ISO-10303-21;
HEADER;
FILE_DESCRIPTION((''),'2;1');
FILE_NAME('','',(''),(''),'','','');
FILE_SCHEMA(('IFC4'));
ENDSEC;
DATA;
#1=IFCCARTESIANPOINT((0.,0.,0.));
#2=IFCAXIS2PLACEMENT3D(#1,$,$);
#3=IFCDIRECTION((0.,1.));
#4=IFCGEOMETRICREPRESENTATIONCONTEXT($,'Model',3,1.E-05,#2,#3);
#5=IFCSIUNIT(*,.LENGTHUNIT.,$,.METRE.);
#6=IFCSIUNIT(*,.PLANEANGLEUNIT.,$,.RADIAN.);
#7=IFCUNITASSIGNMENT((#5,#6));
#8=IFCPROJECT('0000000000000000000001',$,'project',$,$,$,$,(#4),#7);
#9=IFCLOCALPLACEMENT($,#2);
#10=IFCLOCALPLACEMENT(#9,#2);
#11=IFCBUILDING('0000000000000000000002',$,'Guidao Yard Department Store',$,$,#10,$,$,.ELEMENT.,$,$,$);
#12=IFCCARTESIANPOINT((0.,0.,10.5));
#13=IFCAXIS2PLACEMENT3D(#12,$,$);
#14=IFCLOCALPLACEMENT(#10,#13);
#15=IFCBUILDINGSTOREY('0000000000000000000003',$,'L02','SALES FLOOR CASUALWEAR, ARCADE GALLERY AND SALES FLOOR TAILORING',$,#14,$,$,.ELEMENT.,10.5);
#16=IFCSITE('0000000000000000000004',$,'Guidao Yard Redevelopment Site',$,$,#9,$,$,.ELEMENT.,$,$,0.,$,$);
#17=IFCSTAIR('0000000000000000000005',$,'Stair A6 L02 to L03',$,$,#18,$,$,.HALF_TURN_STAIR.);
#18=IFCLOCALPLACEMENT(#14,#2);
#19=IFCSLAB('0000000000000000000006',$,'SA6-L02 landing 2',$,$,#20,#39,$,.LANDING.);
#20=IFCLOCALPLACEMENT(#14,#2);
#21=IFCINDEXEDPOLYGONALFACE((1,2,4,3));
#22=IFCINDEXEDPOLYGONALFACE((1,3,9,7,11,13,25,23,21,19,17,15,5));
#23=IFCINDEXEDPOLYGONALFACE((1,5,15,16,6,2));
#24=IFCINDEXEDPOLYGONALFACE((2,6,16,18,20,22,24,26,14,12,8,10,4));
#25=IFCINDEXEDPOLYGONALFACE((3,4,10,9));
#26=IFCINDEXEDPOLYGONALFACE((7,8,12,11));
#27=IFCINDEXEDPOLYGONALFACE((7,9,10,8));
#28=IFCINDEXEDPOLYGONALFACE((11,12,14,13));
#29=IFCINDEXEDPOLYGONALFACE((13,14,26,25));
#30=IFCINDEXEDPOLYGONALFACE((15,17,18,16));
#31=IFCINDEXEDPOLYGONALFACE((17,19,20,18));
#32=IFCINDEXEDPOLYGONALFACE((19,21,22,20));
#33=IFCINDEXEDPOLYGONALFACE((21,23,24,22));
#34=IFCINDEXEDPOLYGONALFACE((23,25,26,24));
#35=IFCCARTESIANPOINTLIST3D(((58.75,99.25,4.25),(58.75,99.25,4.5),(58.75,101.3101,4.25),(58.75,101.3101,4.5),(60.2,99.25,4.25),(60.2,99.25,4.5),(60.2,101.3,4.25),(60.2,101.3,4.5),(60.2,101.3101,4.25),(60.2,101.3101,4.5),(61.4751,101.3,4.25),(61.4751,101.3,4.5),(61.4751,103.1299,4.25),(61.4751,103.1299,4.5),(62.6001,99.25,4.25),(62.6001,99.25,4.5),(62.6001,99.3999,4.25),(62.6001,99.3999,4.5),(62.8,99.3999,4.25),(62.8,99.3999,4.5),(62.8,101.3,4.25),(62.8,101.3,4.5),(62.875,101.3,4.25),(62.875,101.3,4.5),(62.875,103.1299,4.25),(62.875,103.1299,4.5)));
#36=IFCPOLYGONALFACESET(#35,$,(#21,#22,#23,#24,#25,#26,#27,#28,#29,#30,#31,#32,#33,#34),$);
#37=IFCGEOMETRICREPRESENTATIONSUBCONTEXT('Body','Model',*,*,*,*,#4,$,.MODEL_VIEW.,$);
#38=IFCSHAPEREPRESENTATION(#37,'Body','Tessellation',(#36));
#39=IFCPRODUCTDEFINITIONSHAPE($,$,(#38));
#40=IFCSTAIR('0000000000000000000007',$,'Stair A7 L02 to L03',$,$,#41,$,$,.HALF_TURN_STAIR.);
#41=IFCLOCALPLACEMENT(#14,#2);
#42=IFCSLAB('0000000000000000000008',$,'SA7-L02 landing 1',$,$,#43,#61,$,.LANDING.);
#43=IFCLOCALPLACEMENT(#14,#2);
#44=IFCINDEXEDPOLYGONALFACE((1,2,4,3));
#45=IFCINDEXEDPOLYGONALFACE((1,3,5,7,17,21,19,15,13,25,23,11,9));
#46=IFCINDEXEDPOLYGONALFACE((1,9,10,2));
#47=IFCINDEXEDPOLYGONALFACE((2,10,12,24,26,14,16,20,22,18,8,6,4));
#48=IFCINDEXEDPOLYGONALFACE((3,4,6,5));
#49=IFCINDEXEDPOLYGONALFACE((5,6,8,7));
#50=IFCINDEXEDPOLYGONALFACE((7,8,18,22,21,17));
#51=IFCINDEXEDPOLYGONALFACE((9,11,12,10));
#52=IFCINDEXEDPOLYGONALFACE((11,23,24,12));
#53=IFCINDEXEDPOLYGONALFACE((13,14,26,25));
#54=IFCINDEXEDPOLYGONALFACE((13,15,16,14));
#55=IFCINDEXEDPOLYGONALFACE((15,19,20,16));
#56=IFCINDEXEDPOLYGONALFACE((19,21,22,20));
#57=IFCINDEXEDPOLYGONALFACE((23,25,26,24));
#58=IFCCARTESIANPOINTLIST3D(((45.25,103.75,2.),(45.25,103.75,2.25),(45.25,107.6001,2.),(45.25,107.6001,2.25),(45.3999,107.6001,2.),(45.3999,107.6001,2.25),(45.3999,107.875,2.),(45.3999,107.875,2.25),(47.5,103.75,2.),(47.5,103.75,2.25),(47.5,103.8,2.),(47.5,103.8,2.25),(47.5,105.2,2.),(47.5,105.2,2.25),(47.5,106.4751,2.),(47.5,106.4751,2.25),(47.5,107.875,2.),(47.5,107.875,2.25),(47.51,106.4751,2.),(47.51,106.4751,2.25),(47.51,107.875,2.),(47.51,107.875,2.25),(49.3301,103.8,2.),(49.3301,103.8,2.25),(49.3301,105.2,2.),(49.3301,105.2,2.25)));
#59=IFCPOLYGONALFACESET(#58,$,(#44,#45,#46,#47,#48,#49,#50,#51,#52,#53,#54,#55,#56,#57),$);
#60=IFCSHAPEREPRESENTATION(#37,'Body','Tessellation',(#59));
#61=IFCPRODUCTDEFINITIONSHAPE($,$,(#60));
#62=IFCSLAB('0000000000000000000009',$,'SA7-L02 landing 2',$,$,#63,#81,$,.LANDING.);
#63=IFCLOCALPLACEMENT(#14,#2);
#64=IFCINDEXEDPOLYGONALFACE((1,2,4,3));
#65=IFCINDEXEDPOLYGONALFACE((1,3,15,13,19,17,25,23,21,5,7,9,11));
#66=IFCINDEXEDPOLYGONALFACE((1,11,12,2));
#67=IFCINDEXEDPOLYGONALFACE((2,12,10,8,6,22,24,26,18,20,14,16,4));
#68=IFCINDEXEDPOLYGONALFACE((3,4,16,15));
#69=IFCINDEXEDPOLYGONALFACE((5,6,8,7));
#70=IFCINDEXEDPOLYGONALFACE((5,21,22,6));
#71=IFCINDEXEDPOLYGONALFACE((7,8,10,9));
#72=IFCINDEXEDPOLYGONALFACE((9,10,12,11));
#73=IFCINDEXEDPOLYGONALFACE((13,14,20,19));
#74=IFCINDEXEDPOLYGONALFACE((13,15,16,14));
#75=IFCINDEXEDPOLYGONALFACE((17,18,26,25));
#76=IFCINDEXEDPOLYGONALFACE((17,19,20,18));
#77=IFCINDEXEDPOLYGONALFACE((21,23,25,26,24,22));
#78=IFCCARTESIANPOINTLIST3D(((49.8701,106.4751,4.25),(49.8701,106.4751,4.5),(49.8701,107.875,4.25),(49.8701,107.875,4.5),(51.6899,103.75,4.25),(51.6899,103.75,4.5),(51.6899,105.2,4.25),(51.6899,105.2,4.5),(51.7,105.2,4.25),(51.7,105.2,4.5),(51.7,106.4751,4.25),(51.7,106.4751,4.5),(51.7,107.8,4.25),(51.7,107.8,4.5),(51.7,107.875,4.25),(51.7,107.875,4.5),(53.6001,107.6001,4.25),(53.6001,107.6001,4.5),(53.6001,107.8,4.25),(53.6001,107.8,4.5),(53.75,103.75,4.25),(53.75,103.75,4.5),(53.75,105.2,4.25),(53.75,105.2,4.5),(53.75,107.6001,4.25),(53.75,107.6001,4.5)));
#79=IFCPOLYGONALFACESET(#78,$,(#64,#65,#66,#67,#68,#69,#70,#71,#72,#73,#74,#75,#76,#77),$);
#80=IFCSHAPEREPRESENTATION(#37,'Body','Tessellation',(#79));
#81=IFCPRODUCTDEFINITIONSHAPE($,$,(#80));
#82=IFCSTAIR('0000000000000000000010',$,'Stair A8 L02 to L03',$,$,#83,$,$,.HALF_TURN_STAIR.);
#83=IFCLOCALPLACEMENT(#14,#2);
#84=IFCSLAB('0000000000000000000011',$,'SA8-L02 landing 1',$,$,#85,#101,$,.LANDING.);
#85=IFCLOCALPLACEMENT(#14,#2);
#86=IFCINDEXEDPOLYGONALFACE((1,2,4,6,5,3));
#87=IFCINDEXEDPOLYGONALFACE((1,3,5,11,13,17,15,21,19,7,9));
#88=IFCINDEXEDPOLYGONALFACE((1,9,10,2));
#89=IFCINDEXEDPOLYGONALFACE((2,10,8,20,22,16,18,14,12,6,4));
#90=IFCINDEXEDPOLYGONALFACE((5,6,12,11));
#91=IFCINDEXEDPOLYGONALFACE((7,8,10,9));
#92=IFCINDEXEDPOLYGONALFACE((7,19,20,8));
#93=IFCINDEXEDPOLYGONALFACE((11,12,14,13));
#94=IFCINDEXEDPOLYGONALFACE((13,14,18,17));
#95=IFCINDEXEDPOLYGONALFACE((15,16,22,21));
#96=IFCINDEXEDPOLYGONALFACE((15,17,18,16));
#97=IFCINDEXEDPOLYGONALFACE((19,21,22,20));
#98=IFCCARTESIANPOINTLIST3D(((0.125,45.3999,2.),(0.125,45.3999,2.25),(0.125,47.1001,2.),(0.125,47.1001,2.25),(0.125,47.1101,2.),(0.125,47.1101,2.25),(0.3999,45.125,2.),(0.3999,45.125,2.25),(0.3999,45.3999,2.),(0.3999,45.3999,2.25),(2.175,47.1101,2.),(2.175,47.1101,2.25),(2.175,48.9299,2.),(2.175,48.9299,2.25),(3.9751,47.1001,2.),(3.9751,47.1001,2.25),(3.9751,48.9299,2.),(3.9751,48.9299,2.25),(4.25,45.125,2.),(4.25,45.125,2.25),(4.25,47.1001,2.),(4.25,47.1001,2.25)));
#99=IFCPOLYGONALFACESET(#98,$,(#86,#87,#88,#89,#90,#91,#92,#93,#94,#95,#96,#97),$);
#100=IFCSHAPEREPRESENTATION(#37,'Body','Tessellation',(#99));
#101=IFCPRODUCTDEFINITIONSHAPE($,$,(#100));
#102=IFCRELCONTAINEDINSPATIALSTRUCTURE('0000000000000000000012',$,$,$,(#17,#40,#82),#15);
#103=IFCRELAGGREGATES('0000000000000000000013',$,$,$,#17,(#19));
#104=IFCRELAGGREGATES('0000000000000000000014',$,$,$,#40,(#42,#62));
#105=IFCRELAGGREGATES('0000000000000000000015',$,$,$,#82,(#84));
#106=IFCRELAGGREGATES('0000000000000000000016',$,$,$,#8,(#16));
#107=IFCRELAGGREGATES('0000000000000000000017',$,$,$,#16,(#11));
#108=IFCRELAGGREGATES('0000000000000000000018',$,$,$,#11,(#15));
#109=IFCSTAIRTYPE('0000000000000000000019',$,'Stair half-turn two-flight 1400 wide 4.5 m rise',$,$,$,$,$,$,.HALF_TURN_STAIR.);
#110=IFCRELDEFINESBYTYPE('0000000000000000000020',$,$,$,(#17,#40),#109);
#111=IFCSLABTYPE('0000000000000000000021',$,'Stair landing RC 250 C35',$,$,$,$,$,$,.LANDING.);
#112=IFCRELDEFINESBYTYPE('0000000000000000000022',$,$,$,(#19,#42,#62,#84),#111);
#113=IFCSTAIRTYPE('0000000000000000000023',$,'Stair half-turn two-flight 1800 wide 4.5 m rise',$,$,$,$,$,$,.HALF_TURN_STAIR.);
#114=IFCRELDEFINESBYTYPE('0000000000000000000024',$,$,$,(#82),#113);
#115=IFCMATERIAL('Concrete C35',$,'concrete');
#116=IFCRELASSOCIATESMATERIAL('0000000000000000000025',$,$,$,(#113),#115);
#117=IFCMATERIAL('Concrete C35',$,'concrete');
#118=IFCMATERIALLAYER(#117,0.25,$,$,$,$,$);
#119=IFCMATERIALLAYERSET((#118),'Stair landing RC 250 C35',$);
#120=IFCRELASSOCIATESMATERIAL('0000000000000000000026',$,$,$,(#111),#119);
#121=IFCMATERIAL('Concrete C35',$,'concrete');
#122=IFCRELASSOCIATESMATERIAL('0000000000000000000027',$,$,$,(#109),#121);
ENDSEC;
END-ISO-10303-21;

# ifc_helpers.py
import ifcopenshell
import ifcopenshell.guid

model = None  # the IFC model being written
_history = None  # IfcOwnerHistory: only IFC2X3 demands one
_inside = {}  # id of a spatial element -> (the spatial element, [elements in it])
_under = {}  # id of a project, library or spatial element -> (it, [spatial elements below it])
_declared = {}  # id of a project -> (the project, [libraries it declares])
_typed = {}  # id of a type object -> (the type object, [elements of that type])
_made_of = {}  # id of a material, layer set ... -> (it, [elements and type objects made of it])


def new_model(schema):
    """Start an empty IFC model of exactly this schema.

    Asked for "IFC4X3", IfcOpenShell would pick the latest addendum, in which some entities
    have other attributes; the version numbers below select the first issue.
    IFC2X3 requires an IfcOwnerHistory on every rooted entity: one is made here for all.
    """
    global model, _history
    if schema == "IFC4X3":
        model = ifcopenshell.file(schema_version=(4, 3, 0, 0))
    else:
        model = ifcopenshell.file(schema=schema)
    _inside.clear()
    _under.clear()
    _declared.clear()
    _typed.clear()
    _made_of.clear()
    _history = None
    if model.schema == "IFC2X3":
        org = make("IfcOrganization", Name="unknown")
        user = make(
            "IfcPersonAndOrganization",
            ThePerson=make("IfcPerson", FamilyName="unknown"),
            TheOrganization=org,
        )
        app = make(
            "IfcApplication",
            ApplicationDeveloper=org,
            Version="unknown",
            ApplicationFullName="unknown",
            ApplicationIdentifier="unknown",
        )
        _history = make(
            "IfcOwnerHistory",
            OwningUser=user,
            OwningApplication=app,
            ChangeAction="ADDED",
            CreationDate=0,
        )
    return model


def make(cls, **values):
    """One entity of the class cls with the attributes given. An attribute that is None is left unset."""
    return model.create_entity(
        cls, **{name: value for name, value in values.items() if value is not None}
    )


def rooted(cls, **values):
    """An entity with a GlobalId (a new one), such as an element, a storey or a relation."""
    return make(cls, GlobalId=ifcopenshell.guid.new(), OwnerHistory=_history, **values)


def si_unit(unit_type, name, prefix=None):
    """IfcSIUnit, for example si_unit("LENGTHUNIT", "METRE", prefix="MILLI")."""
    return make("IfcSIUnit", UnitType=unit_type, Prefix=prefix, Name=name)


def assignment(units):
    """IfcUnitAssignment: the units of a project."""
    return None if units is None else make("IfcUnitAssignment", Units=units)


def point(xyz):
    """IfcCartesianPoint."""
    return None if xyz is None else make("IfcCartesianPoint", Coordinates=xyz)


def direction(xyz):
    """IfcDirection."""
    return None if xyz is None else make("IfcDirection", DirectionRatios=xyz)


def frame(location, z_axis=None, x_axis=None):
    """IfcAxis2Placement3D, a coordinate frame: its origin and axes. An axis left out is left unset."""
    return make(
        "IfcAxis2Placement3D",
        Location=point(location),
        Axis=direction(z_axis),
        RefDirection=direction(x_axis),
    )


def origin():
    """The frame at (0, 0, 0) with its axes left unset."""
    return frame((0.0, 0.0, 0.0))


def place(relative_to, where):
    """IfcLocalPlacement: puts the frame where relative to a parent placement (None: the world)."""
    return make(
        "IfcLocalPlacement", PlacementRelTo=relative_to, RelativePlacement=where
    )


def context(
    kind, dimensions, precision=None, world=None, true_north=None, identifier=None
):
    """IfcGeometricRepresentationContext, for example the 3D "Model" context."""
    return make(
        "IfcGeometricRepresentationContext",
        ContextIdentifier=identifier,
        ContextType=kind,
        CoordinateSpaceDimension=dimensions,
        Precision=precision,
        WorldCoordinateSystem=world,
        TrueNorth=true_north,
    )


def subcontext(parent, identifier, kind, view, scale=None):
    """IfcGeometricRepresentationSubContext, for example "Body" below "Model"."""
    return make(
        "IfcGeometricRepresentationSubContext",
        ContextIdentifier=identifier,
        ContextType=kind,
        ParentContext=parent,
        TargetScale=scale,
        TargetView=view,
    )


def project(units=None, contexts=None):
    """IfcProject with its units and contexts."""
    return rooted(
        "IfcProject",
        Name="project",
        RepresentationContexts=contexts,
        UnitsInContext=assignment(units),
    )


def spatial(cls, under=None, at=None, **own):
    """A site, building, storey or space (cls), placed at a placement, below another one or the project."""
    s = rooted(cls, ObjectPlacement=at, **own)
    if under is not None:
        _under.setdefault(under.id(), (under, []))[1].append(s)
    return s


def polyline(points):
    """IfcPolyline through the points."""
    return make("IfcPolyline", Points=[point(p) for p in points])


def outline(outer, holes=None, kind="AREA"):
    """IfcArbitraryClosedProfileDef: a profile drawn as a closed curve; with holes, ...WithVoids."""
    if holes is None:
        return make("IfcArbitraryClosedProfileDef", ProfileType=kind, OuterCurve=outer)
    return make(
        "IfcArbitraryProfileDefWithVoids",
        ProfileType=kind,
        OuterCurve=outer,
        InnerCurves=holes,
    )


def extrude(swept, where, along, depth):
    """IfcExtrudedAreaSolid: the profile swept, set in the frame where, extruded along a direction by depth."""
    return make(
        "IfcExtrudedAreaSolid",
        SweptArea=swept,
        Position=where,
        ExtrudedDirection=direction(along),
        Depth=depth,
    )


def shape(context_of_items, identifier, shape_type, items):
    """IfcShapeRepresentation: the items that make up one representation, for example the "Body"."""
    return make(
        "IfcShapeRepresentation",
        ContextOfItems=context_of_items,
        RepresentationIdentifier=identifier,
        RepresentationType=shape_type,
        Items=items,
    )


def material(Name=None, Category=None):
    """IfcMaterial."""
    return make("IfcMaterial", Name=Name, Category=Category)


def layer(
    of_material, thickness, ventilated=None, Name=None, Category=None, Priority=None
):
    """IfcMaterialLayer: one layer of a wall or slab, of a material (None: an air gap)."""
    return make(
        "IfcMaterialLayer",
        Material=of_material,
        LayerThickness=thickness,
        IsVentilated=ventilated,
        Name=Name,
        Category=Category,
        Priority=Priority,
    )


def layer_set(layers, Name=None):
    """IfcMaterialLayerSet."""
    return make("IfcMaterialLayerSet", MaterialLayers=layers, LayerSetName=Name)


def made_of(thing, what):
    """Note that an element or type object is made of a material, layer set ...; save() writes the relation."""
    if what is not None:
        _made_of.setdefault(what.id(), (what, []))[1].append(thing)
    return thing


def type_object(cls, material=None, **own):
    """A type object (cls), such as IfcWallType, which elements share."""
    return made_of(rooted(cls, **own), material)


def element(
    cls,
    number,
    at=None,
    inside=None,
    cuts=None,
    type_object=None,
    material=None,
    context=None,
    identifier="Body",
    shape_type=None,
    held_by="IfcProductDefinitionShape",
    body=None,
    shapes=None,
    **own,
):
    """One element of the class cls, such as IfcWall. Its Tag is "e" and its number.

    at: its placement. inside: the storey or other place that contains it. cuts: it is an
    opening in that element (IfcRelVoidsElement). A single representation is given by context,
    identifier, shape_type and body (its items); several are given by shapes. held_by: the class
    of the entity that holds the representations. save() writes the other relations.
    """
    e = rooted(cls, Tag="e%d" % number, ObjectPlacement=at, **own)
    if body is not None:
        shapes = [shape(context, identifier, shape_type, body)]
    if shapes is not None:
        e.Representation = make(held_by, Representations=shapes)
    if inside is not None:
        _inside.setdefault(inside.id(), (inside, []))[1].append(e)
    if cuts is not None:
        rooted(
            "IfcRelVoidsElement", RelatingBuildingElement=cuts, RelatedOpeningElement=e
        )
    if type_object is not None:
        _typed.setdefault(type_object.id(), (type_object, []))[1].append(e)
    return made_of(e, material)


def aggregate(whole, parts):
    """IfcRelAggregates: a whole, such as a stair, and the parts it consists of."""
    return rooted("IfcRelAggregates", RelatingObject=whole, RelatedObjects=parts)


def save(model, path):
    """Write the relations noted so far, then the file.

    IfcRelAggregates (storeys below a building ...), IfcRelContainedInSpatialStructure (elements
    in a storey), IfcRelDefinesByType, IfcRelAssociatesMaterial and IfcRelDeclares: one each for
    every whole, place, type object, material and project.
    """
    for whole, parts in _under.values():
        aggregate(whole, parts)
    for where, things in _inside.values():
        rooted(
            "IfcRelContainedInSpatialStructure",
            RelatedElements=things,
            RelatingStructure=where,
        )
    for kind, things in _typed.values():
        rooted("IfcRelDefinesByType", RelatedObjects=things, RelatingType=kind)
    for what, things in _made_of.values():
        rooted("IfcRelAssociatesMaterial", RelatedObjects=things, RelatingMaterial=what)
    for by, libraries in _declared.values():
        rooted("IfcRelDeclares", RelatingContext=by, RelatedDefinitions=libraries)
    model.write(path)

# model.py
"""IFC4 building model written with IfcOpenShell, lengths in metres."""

from ifc_helpers import new_model, si_unit, direction, frame, origin, place, context, subcontext, project, spatial, polyline, outline, extrude, material, layer, layer_set, type_object, element, aggregate, save


model = new_model("IFC4")

# Units and contexts
model_context = context("Model", 3, precision=1e-05, world=origin(), true_north=direction((0.0, 1.0)))
body_context = subcontext(model_context, "Body", "Model", "MODEL_VIEW")
ifc_project = project(units=[si_unit("LENGTHUNIT", "METRE"), si_unit("PLANEANGLEUNIT", "RADIAN")], contexts=[model_context])

# Site, building, storey
site_placement = place(None, origin())
site = spatial("IfcSite", under=ifc_project, at=site_placement, Name="Guidao Yard Redevelopment Site", CompositionType="ELEMENT", RefElevation=0.0)
building_placement = place(site_placement, origin())
building = spatial("IfcBuilding", under=site, at=building_placement, Name="Guidao Yard Department Store", CompositionType="ELEMENT")
storey_placement = place(building_placement, frame((0.0, 0.0, 10.5)))
storey = spatial("IfcBuildingStorey", under=building, at=storey_placement, Name="L02", Description="SALES FLOOR CASUALWEAR, ARCADE GALLERY AND SALES FLOOR TAILORING", CompositionType="ELEMENT", Elevation=10.5)

# Stairs, slabs
ifc_material_1 = material(Name="Concrete C35", Category="concrete")
stair_type_1 = type_object("IfcStairType", Name="Stair half-turn two-flight 1800 wide 4.5 m rise", PredefinedType="HALF_TURN_STAIR", material=ifc_material_1)
ifc_material_2 = material(Name="Concrete C35", Category="concrete")
ifc_layer_1 = layer(ifc_material_2, 0.25)
ifc_layer_set_1 = layer_set([ifc_layer_1], Name="Stair landing RC 250 C35")
slab_type_1 = type_object("IfcSlabType", Name="Stair landing RC 250 C35", PredefinedType="LANDING", material=ifc_layer_set_1)
ifc_material_3 = material(Name="Concrete C35", Category="concrete")
stair_type_2 = type_object("IfcStairType", Name="Stair half-turn two-flight 1400 wide 4.5 m rise", PredefinedType="HALF_TURN_STAIR", material=ifc_material_3)
stair_1_placement = place(storey_placement, origin())
stair_1 = element("IfcStair", 1, at=stair_1_placement, inside=storey, type_object=stair_type_2, Name="Stair A6 L02 to L03", PredefinedType="HALF_TURN_STAIR")
slab_1_placement = place(storey_placement, frame((0.0, 0.0, 4.25)))
slab_1 = element("IfcSlab", 2, at=slab_1_placement, type_object=slab_type_1, Name="SA6-L02 landing 2", PredefinedType="LANDING", context=body_context, shape_type="SweptSolid", body=[
    extrude(outline(polyline([(58.75, 99.25), (58.75, 101.3101), (60.2, 101.3101), (60.2, 101.3), (61.4751, 101.3), (61.4751, 103.1299), (62.875, 103.1299), (62.875, 101.3), (62.8, 101.3), (62.8, 99.3999), (62.6001, 99.3999), (62.6001, 99.25), (60.2, 99.25), (58.75, 99.25)])), origin(), (0.0, 0.0, 1.0), 0.25),
])
aggregate(stair_1, [slab_1])
stair_2_placement = place(storey_placement, origin())
stair_2 = element("IfcStair", 3, at=stair_2_placement, inside=storey, type_object=stair_type_2, Name="Stair A7 L02 to L03", PredefinedType="HALF_TURN_STAIR")
slab_2_placement = place(storey_placement, frame((0.0, 0.0, 2.0)))
slab_2 = element("IfcSlab", 4, at=slab_2_placement, type_object=slab_type_1, Name="SA7-L02 landing 1", PredefinedType="LANDING", context=body_context, shape_type="SweptSolid", body=[
    extrude(outline(polyline([(47.5, 103.8), (47.5, 103.75), (45.25, 103.75), (45.25, 107.6001), (45.3999, 107.6001), (45.3999, 107.875), (47.5, 107.875), (47.51, 107.875), (47.51, 106.4751), (47.5, 106.4751), (47.5, 105.2), (49.3301, 105.2), (49.3301, 103.8), (47.5, 103.8)])), origin(), (0.0, 0.0, 1.0), 0.25),
])
slab_3_placement = place(storey_placement, frame((0.0, 0.0, 4.25)))
slab_3 = element("IfcSlab", 5, at=slab_3_placement, type_object=slab_type_1, Name="SA7-L02 landing 2", PredefinedType="LANDING", context=body_context, shape_type="SweptSolid", body=[
    extrude(outline(polyline([(51.6899, 105.2), (51.7, 105.2), (51.7, 106.4751), (49.8701, 106.4751), (49.8701, 107.875), (51.7, 107.875), (51.7, 107.8), (53.6001, 107.8), (53.6001, 107.6001), (53.75, 107.6001), (53.75, 105.2), (53.75, 103.75), (51.6899, 103.75), (51.6899, 105.2)])), origin(), (0.0, 0.0, 1.0), 0.25),
])
aggregate(stair_2, [slab_2, slab_3])

# Stair, slab
stair_3_placement = place(storey_placement, origin())
stair_3 = element("IfcStair", 6, at=stair_3_placement, inside=storey, type_object=stair_type_1, Name="Stair A8 L02 to L03", PredefinedType="HALF_TURN_STAIR")
slab_4_placement = place(storey_placement, frame((0.0, 0.0, 2.0)))
slab_4 = element("IfcSlab", 7, at=slab_4_placement, type_object=slab_type_1, Name="SA8-L02 landing 1", PredefinedType="LANDING", context=body_context, shape_type="SweptSolid", body=[
    extrude(outline(polyline([(0.3999, 45.125), (0.3999, 45.3999), (0.125, 45.3999), (0.125, 47.1001), (0.125, 47.1101), (2.175, 47.1101), (2.175, 48.9299), (3.9751, 48.9299), (3.9751, 47.1001), (4.25, 47.1001), (4.25, 45.125), (0.3999, 45.125)])), origin(), (0.0, 0.0, 1.0), 0.25),
])
aggregate(stair_3, [slab_4])

save(model, "model.ifc")
